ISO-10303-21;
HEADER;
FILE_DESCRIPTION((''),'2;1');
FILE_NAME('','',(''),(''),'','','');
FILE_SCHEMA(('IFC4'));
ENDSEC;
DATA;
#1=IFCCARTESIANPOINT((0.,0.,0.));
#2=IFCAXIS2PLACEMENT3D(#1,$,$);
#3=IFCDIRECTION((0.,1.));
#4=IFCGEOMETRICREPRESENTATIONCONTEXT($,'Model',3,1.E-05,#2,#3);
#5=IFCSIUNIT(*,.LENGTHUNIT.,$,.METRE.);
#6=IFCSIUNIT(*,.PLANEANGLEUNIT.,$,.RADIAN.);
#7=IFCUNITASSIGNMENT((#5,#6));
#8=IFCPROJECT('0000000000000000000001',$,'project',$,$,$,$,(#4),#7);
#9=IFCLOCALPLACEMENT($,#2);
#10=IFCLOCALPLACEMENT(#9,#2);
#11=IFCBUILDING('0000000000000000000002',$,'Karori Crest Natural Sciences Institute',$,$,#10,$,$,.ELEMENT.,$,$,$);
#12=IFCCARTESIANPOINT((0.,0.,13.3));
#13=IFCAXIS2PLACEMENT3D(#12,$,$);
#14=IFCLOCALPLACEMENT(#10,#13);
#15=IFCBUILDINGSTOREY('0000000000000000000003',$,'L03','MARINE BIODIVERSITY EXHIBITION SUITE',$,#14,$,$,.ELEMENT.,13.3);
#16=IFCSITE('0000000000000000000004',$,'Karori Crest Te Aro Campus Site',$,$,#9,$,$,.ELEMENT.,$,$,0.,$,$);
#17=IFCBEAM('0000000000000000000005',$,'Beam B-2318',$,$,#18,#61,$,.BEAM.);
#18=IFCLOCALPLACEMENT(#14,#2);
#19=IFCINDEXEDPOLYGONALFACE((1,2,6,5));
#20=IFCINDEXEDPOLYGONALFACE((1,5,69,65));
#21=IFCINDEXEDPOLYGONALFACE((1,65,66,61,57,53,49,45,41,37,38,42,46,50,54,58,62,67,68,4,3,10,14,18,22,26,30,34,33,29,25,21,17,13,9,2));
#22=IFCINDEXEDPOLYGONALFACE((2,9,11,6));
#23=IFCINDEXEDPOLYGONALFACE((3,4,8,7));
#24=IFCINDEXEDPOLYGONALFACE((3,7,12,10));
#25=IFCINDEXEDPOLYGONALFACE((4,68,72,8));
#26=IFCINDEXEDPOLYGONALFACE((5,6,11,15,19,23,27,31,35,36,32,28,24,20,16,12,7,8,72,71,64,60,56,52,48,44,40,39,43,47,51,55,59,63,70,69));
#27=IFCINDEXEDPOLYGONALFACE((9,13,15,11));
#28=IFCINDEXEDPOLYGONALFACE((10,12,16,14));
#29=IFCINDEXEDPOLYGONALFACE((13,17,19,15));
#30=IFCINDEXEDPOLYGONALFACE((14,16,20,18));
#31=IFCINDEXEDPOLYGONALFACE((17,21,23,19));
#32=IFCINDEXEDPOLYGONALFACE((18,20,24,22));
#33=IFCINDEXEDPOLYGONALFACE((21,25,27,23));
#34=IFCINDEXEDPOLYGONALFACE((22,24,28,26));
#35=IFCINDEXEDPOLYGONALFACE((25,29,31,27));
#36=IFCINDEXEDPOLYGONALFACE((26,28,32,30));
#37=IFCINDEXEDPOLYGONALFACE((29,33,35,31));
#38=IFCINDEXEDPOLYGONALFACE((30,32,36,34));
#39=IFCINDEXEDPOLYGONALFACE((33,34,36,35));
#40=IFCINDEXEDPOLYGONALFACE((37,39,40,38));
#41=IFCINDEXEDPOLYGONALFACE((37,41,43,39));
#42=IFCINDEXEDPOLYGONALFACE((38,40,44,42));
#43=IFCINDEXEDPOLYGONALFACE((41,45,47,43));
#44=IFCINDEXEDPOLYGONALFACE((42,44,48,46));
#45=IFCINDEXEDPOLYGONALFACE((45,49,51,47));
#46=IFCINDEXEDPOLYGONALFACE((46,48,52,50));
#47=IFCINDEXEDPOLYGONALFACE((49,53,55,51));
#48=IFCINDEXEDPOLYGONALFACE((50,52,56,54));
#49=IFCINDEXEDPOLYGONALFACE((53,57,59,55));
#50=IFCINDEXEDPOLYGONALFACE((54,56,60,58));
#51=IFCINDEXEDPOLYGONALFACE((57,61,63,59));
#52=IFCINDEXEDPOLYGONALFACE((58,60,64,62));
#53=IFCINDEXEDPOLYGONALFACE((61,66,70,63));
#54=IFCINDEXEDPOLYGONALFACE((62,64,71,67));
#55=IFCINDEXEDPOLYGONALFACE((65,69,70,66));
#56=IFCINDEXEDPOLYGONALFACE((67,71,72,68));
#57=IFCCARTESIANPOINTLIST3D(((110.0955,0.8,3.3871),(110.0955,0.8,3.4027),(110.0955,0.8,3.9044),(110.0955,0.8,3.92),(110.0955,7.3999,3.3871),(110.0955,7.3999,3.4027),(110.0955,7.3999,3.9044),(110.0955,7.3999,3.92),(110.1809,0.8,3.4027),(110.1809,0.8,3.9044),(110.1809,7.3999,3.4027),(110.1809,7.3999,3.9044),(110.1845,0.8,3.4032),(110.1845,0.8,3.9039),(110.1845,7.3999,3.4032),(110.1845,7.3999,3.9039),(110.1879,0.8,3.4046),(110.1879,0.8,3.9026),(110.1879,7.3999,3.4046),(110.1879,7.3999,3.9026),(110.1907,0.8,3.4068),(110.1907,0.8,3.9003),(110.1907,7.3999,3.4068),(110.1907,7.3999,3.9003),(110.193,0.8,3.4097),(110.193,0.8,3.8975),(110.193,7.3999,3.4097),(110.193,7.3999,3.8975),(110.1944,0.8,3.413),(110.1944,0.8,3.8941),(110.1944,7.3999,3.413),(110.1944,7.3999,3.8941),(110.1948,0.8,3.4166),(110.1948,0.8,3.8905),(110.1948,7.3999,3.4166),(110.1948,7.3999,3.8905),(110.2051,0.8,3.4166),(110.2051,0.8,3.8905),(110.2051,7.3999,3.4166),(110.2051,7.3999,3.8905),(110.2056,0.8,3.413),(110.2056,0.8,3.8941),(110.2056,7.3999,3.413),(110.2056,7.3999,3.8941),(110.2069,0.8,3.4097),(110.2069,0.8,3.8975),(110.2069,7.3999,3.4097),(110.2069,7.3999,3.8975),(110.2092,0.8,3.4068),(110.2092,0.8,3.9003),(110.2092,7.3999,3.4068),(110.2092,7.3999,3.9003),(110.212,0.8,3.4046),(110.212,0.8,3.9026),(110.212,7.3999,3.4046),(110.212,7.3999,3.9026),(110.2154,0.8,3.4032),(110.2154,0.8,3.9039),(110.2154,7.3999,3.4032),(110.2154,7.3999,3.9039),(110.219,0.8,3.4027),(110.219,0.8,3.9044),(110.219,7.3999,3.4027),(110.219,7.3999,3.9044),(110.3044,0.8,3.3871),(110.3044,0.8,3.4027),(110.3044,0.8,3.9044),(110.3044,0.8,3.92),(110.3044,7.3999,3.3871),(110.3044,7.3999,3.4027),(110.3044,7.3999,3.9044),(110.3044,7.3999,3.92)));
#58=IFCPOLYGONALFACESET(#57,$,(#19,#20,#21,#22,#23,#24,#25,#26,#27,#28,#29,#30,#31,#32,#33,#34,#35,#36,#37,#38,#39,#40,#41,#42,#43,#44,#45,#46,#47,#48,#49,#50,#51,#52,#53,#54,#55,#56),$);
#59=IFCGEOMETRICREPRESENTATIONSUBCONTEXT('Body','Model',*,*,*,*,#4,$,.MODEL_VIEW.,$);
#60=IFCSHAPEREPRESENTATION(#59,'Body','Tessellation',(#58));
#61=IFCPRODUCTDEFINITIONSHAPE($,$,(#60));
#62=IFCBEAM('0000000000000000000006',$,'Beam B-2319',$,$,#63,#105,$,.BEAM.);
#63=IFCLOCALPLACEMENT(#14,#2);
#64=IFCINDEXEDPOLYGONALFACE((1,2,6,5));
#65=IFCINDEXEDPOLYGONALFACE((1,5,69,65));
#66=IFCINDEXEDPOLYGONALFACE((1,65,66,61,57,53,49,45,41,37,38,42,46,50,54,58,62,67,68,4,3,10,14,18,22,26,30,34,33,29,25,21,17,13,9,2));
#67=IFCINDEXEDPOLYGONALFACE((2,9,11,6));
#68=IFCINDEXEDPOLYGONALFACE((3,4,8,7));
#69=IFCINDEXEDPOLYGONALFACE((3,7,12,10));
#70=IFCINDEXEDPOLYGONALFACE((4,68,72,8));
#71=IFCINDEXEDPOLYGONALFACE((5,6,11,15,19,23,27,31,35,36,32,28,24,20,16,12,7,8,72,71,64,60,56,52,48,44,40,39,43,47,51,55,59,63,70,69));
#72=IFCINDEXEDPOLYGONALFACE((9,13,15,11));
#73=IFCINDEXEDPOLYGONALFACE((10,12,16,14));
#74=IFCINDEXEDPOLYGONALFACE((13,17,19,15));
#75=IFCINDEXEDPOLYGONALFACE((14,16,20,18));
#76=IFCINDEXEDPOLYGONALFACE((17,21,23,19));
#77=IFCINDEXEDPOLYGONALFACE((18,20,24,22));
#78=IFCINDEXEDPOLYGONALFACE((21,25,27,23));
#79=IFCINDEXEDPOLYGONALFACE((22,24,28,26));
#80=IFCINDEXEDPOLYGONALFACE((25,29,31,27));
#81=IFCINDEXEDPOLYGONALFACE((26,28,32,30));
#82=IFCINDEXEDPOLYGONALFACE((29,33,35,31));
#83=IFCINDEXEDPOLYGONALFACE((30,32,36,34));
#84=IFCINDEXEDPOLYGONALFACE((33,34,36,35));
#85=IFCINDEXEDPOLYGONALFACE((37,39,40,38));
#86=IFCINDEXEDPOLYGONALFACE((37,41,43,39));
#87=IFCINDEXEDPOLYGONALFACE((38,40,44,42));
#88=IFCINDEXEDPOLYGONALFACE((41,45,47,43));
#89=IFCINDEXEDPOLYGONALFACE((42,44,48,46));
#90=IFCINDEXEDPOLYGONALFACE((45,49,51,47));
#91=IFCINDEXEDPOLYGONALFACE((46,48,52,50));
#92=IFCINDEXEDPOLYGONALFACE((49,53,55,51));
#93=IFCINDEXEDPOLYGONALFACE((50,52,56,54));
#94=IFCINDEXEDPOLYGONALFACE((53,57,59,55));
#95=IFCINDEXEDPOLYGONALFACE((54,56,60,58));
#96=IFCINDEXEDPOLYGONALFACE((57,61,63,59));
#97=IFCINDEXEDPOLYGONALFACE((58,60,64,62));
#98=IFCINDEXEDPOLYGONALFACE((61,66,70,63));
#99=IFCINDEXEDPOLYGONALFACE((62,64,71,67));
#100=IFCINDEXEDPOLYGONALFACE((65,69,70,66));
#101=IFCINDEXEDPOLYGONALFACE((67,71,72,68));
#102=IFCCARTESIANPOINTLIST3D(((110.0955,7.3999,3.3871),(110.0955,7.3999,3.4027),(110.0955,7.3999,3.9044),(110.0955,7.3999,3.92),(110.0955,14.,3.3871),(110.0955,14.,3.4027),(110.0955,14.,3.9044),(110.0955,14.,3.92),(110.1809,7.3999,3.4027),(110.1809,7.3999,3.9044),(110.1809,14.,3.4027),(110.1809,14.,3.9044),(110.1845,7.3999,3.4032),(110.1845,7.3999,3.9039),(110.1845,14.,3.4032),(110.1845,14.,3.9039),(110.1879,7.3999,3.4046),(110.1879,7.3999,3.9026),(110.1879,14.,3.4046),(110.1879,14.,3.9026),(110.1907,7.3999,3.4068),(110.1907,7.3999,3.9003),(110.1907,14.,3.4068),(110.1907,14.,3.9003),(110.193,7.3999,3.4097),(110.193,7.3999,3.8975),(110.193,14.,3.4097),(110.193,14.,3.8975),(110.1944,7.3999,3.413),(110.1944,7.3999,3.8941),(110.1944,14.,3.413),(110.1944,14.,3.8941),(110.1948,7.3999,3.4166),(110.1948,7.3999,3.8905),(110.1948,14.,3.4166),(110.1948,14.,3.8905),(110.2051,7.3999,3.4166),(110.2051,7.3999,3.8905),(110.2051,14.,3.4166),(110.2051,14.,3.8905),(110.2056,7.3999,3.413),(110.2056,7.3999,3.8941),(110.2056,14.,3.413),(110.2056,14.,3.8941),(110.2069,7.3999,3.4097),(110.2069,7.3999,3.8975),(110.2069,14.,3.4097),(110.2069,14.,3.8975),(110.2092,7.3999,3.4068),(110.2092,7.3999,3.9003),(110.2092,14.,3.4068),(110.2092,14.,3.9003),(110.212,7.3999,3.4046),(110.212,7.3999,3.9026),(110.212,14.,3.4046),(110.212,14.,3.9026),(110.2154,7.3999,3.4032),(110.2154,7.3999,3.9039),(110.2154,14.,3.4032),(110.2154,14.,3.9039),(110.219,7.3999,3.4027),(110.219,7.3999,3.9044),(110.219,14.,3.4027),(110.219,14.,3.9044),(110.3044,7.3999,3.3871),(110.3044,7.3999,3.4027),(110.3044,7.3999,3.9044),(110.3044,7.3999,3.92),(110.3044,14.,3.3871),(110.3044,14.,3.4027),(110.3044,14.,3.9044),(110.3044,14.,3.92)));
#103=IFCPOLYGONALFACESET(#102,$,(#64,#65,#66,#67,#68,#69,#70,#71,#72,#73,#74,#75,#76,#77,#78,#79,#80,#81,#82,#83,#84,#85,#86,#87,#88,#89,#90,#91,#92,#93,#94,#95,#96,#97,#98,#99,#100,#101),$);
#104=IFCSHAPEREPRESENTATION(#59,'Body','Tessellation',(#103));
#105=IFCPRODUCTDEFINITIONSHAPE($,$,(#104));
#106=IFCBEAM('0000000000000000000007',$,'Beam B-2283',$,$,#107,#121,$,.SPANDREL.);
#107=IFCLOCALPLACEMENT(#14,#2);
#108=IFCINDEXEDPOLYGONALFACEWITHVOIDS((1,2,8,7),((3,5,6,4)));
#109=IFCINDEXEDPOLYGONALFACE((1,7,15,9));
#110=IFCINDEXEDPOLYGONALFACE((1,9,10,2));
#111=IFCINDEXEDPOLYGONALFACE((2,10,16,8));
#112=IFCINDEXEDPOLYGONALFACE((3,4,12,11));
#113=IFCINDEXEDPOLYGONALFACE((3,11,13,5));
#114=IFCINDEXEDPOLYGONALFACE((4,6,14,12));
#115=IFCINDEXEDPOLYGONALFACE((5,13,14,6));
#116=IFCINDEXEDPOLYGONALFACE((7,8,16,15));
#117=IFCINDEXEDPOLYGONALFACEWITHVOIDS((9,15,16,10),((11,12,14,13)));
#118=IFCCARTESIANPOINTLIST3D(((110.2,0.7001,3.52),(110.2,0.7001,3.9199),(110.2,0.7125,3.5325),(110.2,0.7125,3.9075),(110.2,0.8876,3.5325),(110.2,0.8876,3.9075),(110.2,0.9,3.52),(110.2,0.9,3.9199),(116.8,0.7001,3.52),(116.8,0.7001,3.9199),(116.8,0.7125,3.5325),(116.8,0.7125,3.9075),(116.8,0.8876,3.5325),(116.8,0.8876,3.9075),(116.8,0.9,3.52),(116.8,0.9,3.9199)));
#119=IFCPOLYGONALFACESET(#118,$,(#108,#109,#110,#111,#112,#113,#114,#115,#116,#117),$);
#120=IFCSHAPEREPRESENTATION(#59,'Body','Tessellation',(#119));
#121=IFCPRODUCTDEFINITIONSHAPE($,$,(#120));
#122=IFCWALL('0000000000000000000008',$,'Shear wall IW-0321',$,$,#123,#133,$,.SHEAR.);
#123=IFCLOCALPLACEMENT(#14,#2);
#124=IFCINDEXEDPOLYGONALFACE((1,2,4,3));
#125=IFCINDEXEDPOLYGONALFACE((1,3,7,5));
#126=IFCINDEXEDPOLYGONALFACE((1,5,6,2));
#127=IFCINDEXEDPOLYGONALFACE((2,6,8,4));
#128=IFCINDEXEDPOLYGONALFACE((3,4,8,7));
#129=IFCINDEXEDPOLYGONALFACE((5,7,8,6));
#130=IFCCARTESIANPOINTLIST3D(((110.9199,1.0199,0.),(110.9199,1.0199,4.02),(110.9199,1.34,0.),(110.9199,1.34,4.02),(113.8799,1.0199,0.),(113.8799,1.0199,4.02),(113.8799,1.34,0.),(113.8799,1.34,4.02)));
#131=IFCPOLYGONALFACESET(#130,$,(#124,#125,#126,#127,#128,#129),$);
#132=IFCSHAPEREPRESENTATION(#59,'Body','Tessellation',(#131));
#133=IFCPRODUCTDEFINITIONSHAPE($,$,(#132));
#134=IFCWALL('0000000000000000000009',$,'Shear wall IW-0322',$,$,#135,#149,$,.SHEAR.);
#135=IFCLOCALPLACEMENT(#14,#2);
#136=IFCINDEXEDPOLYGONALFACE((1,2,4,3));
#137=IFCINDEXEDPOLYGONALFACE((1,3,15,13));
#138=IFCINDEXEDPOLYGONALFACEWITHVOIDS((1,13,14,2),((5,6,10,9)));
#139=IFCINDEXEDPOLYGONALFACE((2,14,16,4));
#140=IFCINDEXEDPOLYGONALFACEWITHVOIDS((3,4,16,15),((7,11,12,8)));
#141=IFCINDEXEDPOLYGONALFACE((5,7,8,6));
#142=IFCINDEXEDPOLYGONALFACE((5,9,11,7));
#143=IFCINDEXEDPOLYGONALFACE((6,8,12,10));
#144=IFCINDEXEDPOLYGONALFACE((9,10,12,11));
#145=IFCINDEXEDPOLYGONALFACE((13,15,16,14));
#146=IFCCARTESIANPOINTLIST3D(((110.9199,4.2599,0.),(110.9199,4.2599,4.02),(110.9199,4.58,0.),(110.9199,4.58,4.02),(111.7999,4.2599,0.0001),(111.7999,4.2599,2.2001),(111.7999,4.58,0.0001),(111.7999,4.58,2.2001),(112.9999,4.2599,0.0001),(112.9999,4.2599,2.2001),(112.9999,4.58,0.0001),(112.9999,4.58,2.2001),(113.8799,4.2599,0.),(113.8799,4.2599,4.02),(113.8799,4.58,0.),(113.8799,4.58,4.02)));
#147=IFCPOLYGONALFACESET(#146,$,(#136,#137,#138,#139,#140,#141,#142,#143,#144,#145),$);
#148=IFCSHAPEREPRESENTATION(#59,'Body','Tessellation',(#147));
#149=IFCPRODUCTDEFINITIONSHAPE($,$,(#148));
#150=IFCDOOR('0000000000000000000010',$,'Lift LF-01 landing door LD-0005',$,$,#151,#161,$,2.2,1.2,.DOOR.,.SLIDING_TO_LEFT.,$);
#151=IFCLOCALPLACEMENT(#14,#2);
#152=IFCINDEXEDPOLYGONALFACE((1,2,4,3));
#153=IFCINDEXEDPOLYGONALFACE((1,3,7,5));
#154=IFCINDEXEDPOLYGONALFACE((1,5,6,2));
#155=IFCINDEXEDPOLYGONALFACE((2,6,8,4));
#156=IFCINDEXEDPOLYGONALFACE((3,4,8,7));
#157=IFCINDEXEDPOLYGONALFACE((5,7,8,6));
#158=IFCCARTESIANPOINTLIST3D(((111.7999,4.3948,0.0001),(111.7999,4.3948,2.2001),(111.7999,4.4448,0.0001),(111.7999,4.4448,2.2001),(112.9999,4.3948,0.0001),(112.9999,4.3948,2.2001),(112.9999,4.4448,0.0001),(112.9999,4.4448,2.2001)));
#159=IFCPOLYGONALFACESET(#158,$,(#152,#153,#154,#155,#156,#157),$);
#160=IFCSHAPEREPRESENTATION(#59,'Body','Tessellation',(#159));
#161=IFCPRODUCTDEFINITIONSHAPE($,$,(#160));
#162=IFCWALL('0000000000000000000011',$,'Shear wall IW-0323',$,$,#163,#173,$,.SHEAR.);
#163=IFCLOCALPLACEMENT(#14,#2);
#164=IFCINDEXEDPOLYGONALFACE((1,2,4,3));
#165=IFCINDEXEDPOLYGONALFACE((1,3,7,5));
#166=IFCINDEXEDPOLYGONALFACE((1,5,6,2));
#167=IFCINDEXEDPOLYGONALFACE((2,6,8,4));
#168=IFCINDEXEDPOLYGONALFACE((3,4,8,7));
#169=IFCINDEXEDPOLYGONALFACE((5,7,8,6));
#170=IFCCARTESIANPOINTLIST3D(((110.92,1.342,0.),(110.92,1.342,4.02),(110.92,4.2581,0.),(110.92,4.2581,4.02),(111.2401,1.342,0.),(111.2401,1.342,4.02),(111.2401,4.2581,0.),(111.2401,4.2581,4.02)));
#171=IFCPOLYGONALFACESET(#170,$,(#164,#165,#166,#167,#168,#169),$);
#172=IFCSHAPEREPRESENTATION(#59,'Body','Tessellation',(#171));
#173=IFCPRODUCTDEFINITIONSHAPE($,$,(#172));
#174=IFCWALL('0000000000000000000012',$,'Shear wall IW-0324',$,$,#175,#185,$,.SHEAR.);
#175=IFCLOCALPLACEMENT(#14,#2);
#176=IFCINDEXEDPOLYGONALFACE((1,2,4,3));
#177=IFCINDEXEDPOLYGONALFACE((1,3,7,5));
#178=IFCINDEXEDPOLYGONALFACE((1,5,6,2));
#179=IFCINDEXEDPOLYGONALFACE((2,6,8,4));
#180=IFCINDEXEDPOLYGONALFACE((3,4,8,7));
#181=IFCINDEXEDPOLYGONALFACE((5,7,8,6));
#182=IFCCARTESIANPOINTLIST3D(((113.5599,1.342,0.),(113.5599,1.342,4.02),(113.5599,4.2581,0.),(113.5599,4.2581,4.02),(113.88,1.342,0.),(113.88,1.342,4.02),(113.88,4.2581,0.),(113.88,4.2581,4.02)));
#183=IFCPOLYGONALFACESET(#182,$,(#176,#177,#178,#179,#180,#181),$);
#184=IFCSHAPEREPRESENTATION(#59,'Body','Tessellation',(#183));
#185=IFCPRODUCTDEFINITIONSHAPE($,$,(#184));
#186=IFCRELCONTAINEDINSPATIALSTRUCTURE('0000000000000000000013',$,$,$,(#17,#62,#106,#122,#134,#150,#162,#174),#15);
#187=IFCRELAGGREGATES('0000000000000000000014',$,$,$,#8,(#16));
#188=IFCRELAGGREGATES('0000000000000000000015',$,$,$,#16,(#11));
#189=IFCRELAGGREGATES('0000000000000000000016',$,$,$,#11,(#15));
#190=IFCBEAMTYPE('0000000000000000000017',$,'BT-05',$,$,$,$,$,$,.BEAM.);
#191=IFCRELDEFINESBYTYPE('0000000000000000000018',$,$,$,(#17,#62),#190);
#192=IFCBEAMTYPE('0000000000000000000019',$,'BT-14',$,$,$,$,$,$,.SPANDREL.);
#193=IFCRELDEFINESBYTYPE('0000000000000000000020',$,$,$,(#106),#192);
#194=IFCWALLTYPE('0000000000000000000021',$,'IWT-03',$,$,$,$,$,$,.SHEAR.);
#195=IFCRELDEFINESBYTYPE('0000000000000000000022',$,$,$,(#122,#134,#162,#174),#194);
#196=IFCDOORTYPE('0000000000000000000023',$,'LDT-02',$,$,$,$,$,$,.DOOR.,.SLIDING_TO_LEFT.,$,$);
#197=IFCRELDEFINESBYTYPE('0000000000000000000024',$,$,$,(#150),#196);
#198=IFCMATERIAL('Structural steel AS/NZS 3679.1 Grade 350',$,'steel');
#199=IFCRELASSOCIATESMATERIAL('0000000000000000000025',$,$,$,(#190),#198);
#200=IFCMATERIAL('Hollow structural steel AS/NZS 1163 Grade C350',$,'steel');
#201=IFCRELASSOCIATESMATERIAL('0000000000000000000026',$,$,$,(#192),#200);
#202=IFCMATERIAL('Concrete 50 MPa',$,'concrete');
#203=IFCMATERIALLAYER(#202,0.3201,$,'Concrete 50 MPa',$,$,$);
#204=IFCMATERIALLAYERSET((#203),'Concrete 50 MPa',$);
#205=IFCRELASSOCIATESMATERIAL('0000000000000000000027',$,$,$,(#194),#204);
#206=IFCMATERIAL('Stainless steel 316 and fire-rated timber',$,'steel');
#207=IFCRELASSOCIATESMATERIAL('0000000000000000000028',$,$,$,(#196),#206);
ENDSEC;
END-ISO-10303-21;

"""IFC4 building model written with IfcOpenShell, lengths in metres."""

from ifc_helpers import new_model, si_unit, direction, frame, frame_2d, origin, origin_2d, place, context, subcontext, project, spatial, rectangle, hollow_rectangle, i_section, extrude, material, layer, layer_set, material_profile, profile_set, type_object, element, fill, save


model = new_model("IFC4")

# Units and contexts
model_context = context("Model", 3, precision=1e-05, world=origin(), true_north=direction((0.0, 1.0)))
body_context = subcontext(model_context, "Body", "Model", "MODEL_VIEW")
ifc_project = project(units=[si_unit("LENGTHUNIT", "METRE"), si_unit("PLANEANGLEUNIT", "RADIAN")], contexts=[model_context])

# Site, building, storey
site_placement = place(None, origin())
site = spatial("IfcSite", under=ifc_project, at=site_placement, Name="Karori Crest Te Aro Campus Site", CompositionType="ELEMENT", RefElevation=0.0)
building_placement = place(site_placement, origin())
building = spatial("IfcBuilding", under=site, at=building_placement, Name="Karori Crest Natural Sciences Institute", CompositionType="ELEMENT")
storey_placement = place(building_placement, frame((0.0, 0.0, 13.3)))
storey = spatial("IfcBuildingStorey", under=building, at=storey_placement, Name="L03", Description="MARINE BIODIVERSITY EXHIBITION SUITE", CompositionType="ELEMENT", Elevation=13.3)

# Shared definitions
ifc_material_1 = material(Name="Structural steel AS/NZS 3679.1 Grade 350", Category="steel")

# Beams
ifc_material_profile_1 = material_profile(ifc_material_1, i_section(OverallWidth=0.209, OverallDepth=0.533, WebThickness=0.0103, FlangeThickness=0.0156, FilletRadius=0.0139, at=origin_2d()), Name="530UB92.4")
ifc_profile_set_1 = profile_set([ifc_material_profile_1], Name="Structural steel AS/NZS 3679.1 Grade 350")
beam_type_1 = type_object("IfcBeamType", Name="BT-05", PredefinedType="BEAM", material=ifc_profile_set_1)
beam_1_placement = place(storey_placement, frame((110.2, 0.8, 3.6536), z_axis=(0.0, 1.0, 0.0), x_axis=(-1.0, 0.0, 0.0)))
element("IfcBeam", 1, at=beam_1_placement, inside=storey, type_object=beam_type_1, Name="Beam B-2318", PredefinedType="BEAM", context=body_context, shape_type="SweptSolid", body=[
    extrude(i_section(OverallWidth=0.209, OverallDepth=0.533, WebThickness=0.0103, FlangeThickness=0.0156, FilletRadius=0.0139, at=origin_2d()), origin(), (0.0, 0.0, 1.0), 6.5999),
])
beam_2_placement = place(storey_placement, frame((110.2, 7.3999, 3.6536), z_axis=(0.0, 1.0, 0.0), x_axis=(-1.0, 0.0, 0.0)))
element("IfcBeam", 2, at=beam_2_placement, inside=storey, type_object=beam_type_1, Name="Beam B-2319", PredefinedType="BEAM", context=body_context, shape_type="SweptSolid", body=[
    extrude(i_section(OverallWidth=0.209, OverallDepth=0.533, WebThickness=0.0103, FlangeThickness=0.0156, FilletRadius=0.0139, at=origin_2d()), origin(), (0.0, 0.0, 1.0), 6.6001),
])
ifc_material_2 = material(Name="Hollow structural steel AS/NZS 1163 Grade C350", Category="steel")
ifc_material_profile_2 = material_profile(ifc_material_2, hollow_rectangle(XDim=0.2, YDim=0.3999, WallThickness=0.0125, at=origin_2d()), Name="RHS400x200x12.5")
ifc_profile_set_2 = profile_set([ifc_material_profile_2], Name="Hollow structural steel AS/NZS 1163 Grade C350")
beam_type_2 = type_object("IfcBeamType", Name="BT-14", PredefinedType="SPANDREL", material=ifc_profile_set_2)
beam_3_placement = place(storey_placement, frame((110.2, 0.8, 3.72), z_axis=(1.0, 0.0, 0.0), x_axis=(0.0, 1.0, 0.0)))
element("IfcBeam", 3, at=beam_3_placement, inside=storey, type_object=beam_type_2, Name="Beam B-2283", PredefinedType="SPANDREL", context=body_context, shape_type="SweptSolid", body=[
    extrude(hollow_rectangle(XDim=0.2, YDim=0.3999, WallThickness=0.0125, at=origin_2d()), origin(), (0.0, 0.0, 1.0), 6.6001),
])

# Shared definitions
ifc_material_3 = material(Name="Concrete 50 MPa", Category="concrete")
ifc_material_4 = material(Name="Stainless steel 316 and fire-rated timber", Category="steel")

# Wall
ifc_layer_1 = layer(ifc_material_3, 0.3201, Name="Concrete 50 MPa")
ifc_layer_set_1 = layer_set([ifc_layer_1], Name="Concrete 50 MPa")
wall_type_1 = type_object("IfcWallType", Name="IWT-03", PredefinedType="SHEAR", material=ifc_layer_set_1)
wall_1_placement = place(storey_placement, frame((110.9199, 1.1799, 0.0), z_axis=(0.0, 0.0, 1.0), x_axis=(1.0, 0.0, 0.0)))
element("IfcWall", 4, at=wall_1_placement, inside=storey, type_object=wall_type_1, Name="Shear wall IW-0321", PredefinedType="SHEAR", context=body_context, shape_type="SweptSolid", body=[
    extrude(rectangle(XDim=2.96, YDim=0.3201, at=frame_2d((1.48, 0.0))), origin(), (0.0, 0.0, 1.0), 4.02),
])

# Wall, opening, door
wall_2_placement = place(storey_placement, frame((110.9199, 4.4199, 0.0), z_axis=(0.0, 0.0, 1.0), x_axis=(1.0, 0.0, 0.0)))
wall_2 = element("IfcWall", 5, at=wall_2_placement, inside=storey, type_object=wall_type_1, Name="Shear wall IW-0322", PredefinedType="SHEAR", context=body_context, shape_type="SweptSolid", body=[
    extrude(rectangle(XDim=2.96, YDim=0.3201, at=frame_2d((1.48, 0.0))), origin(), (0.0, 0.0, 1.0), 4.02),
])
opening_1_placement = place(wall_2_placement, frame((0.8799, 0.0, 0.0)))
opening_1 = element("IfcOpeningElement", 6, at=opening_1_placement, cuts=wall_2, PredefinedType="OPENING", context=body_context, shape_type="SweptSolid", body=[
    extrude(rectangle(XDim=1.2, YDim=2.2, at=frame_2d((0.6001, 1.1001))), frame((0.0, 0.1699, 0.0), z_axis=(0.0, -1.0, 0.0), x_axis=(1.0, 0.0, 0.0)), (0.0, 0.0, 1.0), 0.3401),
])
door_type_1 = type_object("IfcDoorType", Name="LDT-02", OperationType="SLIDING_TO_LEFT", PredefinedType="DOOR", material=ifc_material_4)
door_1_placement = place(opening_1_placement, origin())
door_1 = element("IfcDoor", 7, at=door_1_placement, inside=storey, type_object=door_type_1, Name="Lift LF-01 landing door LD-0005", OperationType="SLIDING_TO_LEFT", OverallHeight=2.2, OverallWidth=1.2, PredefinedType="DOOR", context=body_context, shape_type="SweptSolid", body=[
    extrude(rectangle(XDim=1.2, YDim=2.2, at=frame_2d((0.6001, 1.1001))), frame((0.0, 0.0249, 0.0), z_axis=(0.0, -1.0, 0.0), x_axis=(1.0, 0.0, 0.0)), (0.0, 0.0, 1.0), 0.05),
])
fill(opening_1, door_1)

# Walls
for number, where, z_axis, x_axis, name in (
    (8, (111.0801, 1.342, 0.0), (0.0, 0.0, 1.0), (0.0, 1.0, 0.0), "Shear wall IW-0323"),
    (9, (113.72, 1.342, 0.0), (0.0, 0.0, 1.0), (0.0, 1.0, 0.0), "Shear wall IW-0324"),
):
    element("IfcWall", number, at=place(storey_placement, frame(where, z_axis=z_axis, x_axis=x_axis)), inside=storey, type_object=wall_type_1, Name=name, PredefinedType="SHEAR", context=body_context, shape_type="SweptSolid", body=[
        extrude(rectangle(XDim=2.916, YDim=0.3201, at=frame_2d((1.458, 0.0))), origin(), (0.0, 0.0, 1.0), 4.02),
    ])

save(model, "model.ifc")
